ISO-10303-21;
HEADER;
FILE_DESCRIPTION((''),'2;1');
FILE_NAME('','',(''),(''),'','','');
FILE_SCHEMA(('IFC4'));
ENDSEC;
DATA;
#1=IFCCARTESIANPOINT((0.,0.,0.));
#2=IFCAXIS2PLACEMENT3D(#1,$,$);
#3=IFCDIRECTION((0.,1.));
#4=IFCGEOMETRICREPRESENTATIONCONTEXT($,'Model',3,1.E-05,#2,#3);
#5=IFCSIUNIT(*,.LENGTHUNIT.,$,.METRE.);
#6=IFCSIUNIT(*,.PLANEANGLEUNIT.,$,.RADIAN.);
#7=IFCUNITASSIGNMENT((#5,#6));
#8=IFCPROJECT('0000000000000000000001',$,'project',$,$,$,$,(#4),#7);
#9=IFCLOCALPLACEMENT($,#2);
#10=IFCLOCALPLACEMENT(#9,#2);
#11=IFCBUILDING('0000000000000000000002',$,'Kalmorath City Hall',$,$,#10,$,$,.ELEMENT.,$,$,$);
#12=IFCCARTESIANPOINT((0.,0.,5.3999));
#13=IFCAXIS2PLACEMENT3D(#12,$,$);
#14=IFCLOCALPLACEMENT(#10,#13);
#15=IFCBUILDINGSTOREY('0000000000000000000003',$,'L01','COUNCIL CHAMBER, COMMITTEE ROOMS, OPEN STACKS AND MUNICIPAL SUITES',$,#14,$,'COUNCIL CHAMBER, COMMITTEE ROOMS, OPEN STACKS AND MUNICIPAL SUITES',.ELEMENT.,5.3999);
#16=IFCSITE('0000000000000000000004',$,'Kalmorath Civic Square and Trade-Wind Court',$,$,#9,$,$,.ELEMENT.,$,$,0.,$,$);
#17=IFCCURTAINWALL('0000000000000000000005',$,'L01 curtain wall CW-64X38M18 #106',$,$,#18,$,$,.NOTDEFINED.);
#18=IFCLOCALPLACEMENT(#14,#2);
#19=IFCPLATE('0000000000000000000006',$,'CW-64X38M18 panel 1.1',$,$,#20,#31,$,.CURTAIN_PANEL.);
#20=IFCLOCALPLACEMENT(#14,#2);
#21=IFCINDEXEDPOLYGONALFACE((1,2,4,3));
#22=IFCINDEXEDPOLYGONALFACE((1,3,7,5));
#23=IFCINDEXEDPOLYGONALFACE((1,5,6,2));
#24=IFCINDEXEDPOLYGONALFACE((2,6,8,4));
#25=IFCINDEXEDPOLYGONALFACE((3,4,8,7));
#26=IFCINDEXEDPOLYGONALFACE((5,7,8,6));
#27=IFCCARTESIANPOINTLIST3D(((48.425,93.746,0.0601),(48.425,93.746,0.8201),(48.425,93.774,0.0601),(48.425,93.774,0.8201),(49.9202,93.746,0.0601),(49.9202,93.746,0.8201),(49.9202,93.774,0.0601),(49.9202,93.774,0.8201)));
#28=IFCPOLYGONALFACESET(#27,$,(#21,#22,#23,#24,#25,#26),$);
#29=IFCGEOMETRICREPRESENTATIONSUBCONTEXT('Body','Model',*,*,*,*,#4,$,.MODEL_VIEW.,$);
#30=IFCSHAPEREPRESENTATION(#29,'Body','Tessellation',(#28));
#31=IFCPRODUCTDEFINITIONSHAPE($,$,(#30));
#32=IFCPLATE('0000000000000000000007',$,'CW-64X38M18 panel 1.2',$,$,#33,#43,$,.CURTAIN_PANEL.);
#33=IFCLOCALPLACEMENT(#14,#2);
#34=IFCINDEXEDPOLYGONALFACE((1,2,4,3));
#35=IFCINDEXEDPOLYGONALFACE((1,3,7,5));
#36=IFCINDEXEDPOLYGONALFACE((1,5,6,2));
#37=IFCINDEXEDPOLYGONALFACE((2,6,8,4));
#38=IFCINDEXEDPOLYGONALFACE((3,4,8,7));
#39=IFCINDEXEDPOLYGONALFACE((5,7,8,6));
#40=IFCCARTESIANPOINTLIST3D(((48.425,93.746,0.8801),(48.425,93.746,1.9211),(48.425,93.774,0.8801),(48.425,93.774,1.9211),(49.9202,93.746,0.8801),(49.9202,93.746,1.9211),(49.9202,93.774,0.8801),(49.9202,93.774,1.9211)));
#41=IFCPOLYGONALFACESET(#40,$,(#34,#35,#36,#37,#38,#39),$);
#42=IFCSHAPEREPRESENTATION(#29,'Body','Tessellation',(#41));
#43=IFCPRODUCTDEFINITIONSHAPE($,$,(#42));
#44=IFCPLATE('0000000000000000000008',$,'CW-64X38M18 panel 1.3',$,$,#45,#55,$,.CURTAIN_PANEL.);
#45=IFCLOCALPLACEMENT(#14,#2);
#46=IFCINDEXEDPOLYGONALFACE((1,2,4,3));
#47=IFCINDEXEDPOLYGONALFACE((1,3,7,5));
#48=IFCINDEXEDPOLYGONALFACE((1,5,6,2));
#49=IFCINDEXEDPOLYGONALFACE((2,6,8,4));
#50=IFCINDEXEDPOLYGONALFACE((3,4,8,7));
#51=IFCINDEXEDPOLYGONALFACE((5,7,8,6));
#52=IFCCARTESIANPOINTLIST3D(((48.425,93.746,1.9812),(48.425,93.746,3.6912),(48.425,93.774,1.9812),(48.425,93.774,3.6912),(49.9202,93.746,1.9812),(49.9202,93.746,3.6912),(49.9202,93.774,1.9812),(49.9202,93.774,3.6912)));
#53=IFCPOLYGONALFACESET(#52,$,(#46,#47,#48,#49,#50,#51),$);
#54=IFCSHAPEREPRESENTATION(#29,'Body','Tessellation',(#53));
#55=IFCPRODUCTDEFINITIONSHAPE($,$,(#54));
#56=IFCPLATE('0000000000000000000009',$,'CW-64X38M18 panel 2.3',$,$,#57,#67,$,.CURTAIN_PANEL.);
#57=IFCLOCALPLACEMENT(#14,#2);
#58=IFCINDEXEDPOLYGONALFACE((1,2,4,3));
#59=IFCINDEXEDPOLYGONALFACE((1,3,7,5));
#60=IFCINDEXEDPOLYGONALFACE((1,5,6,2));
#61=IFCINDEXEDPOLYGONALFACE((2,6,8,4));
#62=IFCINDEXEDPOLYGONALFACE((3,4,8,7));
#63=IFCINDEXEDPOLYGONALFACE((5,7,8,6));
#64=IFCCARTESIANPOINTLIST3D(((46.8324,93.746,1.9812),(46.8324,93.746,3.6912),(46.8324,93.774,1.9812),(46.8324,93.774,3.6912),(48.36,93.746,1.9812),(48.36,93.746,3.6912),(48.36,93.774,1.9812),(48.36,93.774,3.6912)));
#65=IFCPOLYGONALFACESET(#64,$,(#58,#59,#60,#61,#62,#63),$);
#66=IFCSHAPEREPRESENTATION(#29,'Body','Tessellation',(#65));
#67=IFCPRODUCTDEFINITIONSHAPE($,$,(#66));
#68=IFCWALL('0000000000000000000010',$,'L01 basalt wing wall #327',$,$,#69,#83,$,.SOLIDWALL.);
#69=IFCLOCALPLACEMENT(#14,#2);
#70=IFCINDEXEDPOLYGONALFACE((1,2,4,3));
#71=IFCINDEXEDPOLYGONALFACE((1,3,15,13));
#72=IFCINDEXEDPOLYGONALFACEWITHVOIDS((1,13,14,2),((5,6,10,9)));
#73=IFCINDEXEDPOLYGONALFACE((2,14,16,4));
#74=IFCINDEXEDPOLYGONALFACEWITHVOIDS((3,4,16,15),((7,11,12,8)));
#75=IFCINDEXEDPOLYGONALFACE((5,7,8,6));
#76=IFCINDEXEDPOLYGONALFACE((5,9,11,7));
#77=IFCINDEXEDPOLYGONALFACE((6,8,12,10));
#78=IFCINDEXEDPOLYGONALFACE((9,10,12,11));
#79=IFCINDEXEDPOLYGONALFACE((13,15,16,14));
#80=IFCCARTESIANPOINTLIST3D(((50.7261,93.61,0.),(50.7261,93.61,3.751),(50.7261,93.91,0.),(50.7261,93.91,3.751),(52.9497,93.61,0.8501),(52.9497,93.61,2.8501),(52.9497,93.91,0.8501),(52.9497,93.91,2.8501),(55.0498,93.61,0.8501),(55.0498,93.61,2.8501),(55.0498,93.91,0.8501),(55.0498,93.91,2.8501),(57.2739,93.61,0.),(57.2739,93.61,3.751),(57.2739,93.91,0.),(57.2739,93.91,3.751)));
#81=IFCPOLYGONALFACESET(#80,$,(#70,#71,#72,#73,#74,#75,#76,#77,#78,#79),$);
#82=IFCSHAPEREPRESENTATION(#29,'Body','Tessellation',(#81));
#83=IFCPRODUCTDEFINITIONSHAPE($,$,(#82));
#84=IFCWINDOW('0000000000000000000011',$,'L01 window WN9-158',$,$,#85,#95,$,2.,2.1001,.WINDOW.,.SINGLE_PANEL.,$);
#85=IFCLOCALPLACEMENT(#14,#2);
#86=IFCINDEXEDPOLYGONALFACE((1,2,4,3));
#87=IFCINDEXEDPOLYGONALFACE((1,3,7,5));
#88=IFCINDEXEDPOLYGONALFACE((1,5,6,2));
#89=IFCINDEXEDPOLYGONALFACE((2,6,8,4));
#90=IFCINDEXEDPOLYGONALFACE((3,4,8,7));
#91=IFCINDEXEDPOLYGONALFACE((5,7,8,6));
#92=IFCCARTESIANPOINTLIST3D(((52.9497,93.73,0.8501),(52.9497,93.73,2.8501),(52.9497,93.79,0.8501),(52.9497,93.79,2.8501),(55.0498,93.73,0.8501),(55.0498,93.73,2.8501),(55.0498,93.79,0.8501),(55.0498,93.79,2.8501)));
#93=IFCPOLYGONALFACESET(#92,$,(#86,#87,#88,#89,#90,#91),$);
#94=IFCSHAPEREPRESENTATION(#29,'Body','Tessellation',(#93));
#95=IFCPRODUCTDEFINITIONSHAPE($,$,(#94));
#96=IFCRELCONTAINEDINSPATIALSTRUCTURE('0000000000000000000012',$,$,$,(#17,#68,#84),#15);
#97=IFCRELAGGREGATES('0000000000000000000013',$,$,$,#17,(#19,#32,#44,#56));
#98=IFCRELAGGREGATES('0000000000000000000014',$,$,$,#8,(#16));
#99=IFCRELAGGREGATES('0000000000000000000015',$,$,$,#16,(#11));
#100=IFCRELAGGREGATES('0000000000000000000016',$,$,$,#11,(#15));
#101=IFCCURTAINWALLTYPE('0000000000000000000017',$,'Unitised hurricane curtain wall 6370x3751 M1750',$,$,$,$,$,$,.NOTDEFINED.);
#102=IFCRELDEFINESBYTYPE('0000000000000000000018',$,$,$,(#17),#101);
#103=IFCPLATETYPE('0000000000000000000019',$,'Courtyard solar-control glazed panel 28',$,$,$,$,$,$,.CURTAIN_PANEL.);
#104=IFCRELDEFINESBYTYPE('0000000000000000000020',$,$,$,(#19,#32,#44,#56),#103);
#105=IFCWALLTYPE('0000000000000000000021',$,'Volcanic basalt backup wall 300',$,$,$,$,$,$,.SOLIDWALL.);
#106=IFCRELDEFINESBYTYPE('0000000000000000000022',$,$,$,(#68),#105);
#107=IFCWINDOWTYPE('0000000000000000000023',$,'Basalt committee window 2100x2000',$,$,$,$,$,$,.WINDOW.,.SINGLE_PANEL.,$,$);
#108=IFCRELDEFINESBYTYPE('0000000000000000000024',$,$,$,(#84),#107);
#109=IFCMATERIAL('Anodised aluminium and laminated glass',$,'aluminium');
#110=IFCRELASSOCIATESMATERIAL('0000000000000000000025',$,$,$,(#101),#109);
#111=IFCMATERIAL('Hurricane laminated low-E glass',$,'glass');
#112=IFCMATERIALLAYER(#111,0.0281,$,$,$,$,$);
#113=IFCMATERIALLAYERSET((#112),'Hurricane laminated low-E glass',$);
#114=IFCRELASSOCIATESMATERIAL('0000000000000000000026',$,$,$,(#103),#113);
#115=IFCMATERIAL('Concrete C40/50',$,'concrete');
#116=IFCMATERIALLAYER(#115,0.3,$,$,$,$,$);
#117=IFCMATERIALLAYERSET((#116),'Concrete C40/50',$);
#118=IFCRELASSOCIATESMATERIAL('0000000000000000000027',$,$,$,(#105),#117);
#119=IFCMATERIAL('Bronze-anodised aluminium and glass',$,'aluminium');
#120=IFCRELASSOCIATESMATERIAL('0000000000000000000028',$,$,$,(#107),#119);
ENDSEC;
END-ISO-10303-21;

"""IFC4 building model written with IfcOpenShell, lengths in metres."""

from ifc_helpers import new_model, si_unit, direction, frame, frame_2d, origin, origin_2d, place, context, subcontext, project, spatial, rectangle, extrude, material, layer, layer_set, type_object, element, fill, aggregate, save


model = new_model("IFC4")

# Units and contexts
model_context = context("Model", 3, precision=1e-05, world=origin(), true_north=direction((0.0, 1.0)))
body_context = subcontext(model_context, "Body", "Model", "MODEL_VIEW")
ifc_project = project(units=[si_unit("LENGTHUNIT", "METRE"), si_unit("PLANEANGLEUNIT", "RADIAN")], contexts=[model_context])

# Site, building, storey
site_placement = place(None, origin())
site = spatial("IfcSite", under=ifc_project, at=site_placement, Name="Kalmorath Civic Square and Trade-Wind Court", CompositionType="ELEMENT", RefElevation=0.0)
building_placement = place(site_placement, origin())
building = spatial("IfcBuilding", under=site, at=building_placement, Name="Kalmorath City Hall", CompositionType="ELEMENT")
storey_placement = place(building_placement, frame((0.0, 0.0, 5.3999)))
storey = spatial("IfcBuildingStorey", under=building, at=storey_placement, Name="L01", Description="COUNCIL CHAMBER, COMMITTEE ROOMS, OPEN STACKS AND MUNICIPAL SUITES", LongName="COUNCIL CHAMBER, COMMITTEE ROOMS, OPEN STACKS AND MUNICIPAL SUITES", CompositionType="ELEMENT", Elevation=5.3999)

# Curtain wall
ifc_material_1 = material(Name="Anodised aluminium and laminated glass", Category="aluminium")
curtain_wall_type_1 = type_object("IfcCurtainWallType", Name="Unitised hurricane curtain wall 6370x3751 M1750", PredefinedType="NOTDEFINED", material=ifc_material_1)
curtain_wall_1_placement = place(storey_placement, origin())
curtain_wall_1 = element("IfcCurtainWall", 1, at=curtain_wall_1_placement, inside=storey, type_object=curtain_wall_type_1, Name="L01 curtain wall CW-64X38M18 #106", PredefinedType="NOTDEFINED")

# Plates
ifc_material_2 = material(Name="Hurricane laminated low-E glass", Category="glass")
ifc_layer_1 = layer(ifc_material_2, 0.0281)
ifc_layer_set_1 = layer_set([ifc_layer_1], Name="Hurricane laminated low-E glass")
plate_type = type_object("IfcPlateType", Name="Courtyard solar-control glazed panel 28", PredefinedType="CURTAIN_PANEL", material=ifc_layer_set_1)
plate_1_placement = place(storey_placement, frame((49.1726, 93.76, 0.0601), z_axis=(0.0, 0.0, 1.0), x_axis=(-1.0, 0.0, 0.0)))
plate_1 = element("IfcPlate", 2, at=plate_1_placement, type_object=plate_type, Name="CW-64X38M18 panel 1.1", PredefinedType="CURTAIN_PANEL", context=body_context, shape_type="SweptSolid", body=[
    extrude(rectangle(XDim=1.4951, YDim=0.0281, at=origin_2d()), origin(), (0.0, 0.0, 1.0), 0.76),
])
plate_2_placement = place(storey_placement, frame((49.1726, 93.76, 0.8801), z_axis=(0.0, 0.0, 1.0), x_axis=(-1.0, 0.0, 0.0)))
plate_2 = element("IfcPlate", 3, at=plate_2_placement, type_object=plate_type, Name="CW-64X38M18 panel 1.2", PredefinedType="CURTAIN_PANEL", context=body_context, shape_type="SweptSolid", body=[
    extrude(rectangle(XDim=1.4951, YDim=0.0281, at=origin_2d()), origin(), (0.0, 0.0, 1.0), 1.041),
])
plate_3_placement = place(storey_placement, frame((49.1726, 93.76, 1.9812), z_axis=(0.0, 0.0, 1.0), x_axis=(-1.0, 0.0, 0.0)))
plate_3 = element("IfcPlate", 4, at=plate_3_placement, type_object=plate_type, Name="CW-64X38M18 panel 1.3", PredefinedType="CURTAIN_PANEL", context=body_context, shape_type="SweptSolid", body=[
    extrude(rectangle(XDim=1.4951, YDim=0.0281, at=origin_2d()), origin(), (0.0, 0.0, 1.0), 1.71),
])
plate_4_placement = place(storey_placement, frame((47.5962, 93.76, 1.9812), z_axis=(0.0, 0.0, 1.0), x_axis=(-1.0, 0.0, 0.0)))
plate_4 = element("IfcPlate", 5, at=plate_4_placement, type_object=plate_type, Name="CW-64X38M18 panel 2.3", PredefinedType="CURTAIN_PANEL", context=body_context, shape_type="SweptSolid", body=[
    extrude(rectangle(XDim=1.5276, YDim=0.0281, at=origin_2d()), origin(), (0.0, 0.0, 1.0), 1.71),
])
aggregate(curtain_wall_1, [plate_1, plate_2, plate_3, plate_4])

# Wall, opening, window
ifc_material_3 = material(Name="Concrete C40/50", Category="concrete")
ifc_layer_2 = layer(ifc_material_3, 0.3)
ifc_layer_set_2 = layer_set([ifc_layer_2], Name="Concrete C40/50")
wall_type = type_object("IfcWallType", Name="Volcanic basalt backup wall 300", PredefinedType="SOLIDWALL", material=ifc_layer_set_2)
wall_placement = place(storey_placement, frame((57.2739, 93.76, 0.0), z_axis=(0.0, 0.0, 1.0), x_axis=(-1.0, 0.0, 0.0)))
wall = element("IfcWall", 6, at=wall_placement, inside=storey, type_object=wall_type, Name="L01 basalt wing wall #327", PredefinedType="SOLIDWALL", context=body_context, shape_type="SweptSolid", body=[
    extrude(rectangle(XDim=6.5479, YDim=0.3, at=frame_2d((3.2739, 0.0))), origin(), (0.0, 0.0, 1.0), 3.751),
])
opening_placement = place(wall_placement, frame((2.2241, 0.0, 0.8501)))
opening = element("IfcOpeningElement", 7, at=opening_placement, cuts=wall, PredefinedType="OPENING", context=body_context, shape_type="SweptSolid", body=[
    extrude(rectangle(XDim=2.1001, YDim=2.0, at=frame_2d((1.05, 1.0))), frame((0.0, 0.1599, 0.0), z_axis=(0.0, -1.0, 0.0), x_axis=(1.0, 0.0, 0.0)), (0.0, 0.0, 1.0), 0.3201),
])
ifc_material_4 = material(Name="Bronze-anodised aluminium and glass", Category="aluminium")
window_type = type_object("IfcWindowType", Name="Basalt committee window 2100x2000", PartitioningType="SINGLE_PANEL", PredefinedType="WINDOW", material=ifc_material_4)
window_placement = place(opening_placement, origin())
window = element("IfcWindow", 8, at=window_placement, inside=storey, type_object=window_type, Name="L01 window WN9-158", OverallHeight=2.0, OverallWidth=2.1001, PartitioningType="SINGLE_PANEL", PredefinedType="WINDOW", context=body_context, shape_type="SweptSolid", body=[
    extrude(rectangle(XDim=2.1001, YDim=2.0, at=frame_2d((1.05, 1.0))), frame((0.0, 0.03, 0.0), z_axis=(0.0, -1.0, 0.0), x_axis=(1.0, 0.0, 0.0)), (0.0, 0.0, 1.0), 0.0601),
])
fill(opening, window)

save(model, "model.ifc")
